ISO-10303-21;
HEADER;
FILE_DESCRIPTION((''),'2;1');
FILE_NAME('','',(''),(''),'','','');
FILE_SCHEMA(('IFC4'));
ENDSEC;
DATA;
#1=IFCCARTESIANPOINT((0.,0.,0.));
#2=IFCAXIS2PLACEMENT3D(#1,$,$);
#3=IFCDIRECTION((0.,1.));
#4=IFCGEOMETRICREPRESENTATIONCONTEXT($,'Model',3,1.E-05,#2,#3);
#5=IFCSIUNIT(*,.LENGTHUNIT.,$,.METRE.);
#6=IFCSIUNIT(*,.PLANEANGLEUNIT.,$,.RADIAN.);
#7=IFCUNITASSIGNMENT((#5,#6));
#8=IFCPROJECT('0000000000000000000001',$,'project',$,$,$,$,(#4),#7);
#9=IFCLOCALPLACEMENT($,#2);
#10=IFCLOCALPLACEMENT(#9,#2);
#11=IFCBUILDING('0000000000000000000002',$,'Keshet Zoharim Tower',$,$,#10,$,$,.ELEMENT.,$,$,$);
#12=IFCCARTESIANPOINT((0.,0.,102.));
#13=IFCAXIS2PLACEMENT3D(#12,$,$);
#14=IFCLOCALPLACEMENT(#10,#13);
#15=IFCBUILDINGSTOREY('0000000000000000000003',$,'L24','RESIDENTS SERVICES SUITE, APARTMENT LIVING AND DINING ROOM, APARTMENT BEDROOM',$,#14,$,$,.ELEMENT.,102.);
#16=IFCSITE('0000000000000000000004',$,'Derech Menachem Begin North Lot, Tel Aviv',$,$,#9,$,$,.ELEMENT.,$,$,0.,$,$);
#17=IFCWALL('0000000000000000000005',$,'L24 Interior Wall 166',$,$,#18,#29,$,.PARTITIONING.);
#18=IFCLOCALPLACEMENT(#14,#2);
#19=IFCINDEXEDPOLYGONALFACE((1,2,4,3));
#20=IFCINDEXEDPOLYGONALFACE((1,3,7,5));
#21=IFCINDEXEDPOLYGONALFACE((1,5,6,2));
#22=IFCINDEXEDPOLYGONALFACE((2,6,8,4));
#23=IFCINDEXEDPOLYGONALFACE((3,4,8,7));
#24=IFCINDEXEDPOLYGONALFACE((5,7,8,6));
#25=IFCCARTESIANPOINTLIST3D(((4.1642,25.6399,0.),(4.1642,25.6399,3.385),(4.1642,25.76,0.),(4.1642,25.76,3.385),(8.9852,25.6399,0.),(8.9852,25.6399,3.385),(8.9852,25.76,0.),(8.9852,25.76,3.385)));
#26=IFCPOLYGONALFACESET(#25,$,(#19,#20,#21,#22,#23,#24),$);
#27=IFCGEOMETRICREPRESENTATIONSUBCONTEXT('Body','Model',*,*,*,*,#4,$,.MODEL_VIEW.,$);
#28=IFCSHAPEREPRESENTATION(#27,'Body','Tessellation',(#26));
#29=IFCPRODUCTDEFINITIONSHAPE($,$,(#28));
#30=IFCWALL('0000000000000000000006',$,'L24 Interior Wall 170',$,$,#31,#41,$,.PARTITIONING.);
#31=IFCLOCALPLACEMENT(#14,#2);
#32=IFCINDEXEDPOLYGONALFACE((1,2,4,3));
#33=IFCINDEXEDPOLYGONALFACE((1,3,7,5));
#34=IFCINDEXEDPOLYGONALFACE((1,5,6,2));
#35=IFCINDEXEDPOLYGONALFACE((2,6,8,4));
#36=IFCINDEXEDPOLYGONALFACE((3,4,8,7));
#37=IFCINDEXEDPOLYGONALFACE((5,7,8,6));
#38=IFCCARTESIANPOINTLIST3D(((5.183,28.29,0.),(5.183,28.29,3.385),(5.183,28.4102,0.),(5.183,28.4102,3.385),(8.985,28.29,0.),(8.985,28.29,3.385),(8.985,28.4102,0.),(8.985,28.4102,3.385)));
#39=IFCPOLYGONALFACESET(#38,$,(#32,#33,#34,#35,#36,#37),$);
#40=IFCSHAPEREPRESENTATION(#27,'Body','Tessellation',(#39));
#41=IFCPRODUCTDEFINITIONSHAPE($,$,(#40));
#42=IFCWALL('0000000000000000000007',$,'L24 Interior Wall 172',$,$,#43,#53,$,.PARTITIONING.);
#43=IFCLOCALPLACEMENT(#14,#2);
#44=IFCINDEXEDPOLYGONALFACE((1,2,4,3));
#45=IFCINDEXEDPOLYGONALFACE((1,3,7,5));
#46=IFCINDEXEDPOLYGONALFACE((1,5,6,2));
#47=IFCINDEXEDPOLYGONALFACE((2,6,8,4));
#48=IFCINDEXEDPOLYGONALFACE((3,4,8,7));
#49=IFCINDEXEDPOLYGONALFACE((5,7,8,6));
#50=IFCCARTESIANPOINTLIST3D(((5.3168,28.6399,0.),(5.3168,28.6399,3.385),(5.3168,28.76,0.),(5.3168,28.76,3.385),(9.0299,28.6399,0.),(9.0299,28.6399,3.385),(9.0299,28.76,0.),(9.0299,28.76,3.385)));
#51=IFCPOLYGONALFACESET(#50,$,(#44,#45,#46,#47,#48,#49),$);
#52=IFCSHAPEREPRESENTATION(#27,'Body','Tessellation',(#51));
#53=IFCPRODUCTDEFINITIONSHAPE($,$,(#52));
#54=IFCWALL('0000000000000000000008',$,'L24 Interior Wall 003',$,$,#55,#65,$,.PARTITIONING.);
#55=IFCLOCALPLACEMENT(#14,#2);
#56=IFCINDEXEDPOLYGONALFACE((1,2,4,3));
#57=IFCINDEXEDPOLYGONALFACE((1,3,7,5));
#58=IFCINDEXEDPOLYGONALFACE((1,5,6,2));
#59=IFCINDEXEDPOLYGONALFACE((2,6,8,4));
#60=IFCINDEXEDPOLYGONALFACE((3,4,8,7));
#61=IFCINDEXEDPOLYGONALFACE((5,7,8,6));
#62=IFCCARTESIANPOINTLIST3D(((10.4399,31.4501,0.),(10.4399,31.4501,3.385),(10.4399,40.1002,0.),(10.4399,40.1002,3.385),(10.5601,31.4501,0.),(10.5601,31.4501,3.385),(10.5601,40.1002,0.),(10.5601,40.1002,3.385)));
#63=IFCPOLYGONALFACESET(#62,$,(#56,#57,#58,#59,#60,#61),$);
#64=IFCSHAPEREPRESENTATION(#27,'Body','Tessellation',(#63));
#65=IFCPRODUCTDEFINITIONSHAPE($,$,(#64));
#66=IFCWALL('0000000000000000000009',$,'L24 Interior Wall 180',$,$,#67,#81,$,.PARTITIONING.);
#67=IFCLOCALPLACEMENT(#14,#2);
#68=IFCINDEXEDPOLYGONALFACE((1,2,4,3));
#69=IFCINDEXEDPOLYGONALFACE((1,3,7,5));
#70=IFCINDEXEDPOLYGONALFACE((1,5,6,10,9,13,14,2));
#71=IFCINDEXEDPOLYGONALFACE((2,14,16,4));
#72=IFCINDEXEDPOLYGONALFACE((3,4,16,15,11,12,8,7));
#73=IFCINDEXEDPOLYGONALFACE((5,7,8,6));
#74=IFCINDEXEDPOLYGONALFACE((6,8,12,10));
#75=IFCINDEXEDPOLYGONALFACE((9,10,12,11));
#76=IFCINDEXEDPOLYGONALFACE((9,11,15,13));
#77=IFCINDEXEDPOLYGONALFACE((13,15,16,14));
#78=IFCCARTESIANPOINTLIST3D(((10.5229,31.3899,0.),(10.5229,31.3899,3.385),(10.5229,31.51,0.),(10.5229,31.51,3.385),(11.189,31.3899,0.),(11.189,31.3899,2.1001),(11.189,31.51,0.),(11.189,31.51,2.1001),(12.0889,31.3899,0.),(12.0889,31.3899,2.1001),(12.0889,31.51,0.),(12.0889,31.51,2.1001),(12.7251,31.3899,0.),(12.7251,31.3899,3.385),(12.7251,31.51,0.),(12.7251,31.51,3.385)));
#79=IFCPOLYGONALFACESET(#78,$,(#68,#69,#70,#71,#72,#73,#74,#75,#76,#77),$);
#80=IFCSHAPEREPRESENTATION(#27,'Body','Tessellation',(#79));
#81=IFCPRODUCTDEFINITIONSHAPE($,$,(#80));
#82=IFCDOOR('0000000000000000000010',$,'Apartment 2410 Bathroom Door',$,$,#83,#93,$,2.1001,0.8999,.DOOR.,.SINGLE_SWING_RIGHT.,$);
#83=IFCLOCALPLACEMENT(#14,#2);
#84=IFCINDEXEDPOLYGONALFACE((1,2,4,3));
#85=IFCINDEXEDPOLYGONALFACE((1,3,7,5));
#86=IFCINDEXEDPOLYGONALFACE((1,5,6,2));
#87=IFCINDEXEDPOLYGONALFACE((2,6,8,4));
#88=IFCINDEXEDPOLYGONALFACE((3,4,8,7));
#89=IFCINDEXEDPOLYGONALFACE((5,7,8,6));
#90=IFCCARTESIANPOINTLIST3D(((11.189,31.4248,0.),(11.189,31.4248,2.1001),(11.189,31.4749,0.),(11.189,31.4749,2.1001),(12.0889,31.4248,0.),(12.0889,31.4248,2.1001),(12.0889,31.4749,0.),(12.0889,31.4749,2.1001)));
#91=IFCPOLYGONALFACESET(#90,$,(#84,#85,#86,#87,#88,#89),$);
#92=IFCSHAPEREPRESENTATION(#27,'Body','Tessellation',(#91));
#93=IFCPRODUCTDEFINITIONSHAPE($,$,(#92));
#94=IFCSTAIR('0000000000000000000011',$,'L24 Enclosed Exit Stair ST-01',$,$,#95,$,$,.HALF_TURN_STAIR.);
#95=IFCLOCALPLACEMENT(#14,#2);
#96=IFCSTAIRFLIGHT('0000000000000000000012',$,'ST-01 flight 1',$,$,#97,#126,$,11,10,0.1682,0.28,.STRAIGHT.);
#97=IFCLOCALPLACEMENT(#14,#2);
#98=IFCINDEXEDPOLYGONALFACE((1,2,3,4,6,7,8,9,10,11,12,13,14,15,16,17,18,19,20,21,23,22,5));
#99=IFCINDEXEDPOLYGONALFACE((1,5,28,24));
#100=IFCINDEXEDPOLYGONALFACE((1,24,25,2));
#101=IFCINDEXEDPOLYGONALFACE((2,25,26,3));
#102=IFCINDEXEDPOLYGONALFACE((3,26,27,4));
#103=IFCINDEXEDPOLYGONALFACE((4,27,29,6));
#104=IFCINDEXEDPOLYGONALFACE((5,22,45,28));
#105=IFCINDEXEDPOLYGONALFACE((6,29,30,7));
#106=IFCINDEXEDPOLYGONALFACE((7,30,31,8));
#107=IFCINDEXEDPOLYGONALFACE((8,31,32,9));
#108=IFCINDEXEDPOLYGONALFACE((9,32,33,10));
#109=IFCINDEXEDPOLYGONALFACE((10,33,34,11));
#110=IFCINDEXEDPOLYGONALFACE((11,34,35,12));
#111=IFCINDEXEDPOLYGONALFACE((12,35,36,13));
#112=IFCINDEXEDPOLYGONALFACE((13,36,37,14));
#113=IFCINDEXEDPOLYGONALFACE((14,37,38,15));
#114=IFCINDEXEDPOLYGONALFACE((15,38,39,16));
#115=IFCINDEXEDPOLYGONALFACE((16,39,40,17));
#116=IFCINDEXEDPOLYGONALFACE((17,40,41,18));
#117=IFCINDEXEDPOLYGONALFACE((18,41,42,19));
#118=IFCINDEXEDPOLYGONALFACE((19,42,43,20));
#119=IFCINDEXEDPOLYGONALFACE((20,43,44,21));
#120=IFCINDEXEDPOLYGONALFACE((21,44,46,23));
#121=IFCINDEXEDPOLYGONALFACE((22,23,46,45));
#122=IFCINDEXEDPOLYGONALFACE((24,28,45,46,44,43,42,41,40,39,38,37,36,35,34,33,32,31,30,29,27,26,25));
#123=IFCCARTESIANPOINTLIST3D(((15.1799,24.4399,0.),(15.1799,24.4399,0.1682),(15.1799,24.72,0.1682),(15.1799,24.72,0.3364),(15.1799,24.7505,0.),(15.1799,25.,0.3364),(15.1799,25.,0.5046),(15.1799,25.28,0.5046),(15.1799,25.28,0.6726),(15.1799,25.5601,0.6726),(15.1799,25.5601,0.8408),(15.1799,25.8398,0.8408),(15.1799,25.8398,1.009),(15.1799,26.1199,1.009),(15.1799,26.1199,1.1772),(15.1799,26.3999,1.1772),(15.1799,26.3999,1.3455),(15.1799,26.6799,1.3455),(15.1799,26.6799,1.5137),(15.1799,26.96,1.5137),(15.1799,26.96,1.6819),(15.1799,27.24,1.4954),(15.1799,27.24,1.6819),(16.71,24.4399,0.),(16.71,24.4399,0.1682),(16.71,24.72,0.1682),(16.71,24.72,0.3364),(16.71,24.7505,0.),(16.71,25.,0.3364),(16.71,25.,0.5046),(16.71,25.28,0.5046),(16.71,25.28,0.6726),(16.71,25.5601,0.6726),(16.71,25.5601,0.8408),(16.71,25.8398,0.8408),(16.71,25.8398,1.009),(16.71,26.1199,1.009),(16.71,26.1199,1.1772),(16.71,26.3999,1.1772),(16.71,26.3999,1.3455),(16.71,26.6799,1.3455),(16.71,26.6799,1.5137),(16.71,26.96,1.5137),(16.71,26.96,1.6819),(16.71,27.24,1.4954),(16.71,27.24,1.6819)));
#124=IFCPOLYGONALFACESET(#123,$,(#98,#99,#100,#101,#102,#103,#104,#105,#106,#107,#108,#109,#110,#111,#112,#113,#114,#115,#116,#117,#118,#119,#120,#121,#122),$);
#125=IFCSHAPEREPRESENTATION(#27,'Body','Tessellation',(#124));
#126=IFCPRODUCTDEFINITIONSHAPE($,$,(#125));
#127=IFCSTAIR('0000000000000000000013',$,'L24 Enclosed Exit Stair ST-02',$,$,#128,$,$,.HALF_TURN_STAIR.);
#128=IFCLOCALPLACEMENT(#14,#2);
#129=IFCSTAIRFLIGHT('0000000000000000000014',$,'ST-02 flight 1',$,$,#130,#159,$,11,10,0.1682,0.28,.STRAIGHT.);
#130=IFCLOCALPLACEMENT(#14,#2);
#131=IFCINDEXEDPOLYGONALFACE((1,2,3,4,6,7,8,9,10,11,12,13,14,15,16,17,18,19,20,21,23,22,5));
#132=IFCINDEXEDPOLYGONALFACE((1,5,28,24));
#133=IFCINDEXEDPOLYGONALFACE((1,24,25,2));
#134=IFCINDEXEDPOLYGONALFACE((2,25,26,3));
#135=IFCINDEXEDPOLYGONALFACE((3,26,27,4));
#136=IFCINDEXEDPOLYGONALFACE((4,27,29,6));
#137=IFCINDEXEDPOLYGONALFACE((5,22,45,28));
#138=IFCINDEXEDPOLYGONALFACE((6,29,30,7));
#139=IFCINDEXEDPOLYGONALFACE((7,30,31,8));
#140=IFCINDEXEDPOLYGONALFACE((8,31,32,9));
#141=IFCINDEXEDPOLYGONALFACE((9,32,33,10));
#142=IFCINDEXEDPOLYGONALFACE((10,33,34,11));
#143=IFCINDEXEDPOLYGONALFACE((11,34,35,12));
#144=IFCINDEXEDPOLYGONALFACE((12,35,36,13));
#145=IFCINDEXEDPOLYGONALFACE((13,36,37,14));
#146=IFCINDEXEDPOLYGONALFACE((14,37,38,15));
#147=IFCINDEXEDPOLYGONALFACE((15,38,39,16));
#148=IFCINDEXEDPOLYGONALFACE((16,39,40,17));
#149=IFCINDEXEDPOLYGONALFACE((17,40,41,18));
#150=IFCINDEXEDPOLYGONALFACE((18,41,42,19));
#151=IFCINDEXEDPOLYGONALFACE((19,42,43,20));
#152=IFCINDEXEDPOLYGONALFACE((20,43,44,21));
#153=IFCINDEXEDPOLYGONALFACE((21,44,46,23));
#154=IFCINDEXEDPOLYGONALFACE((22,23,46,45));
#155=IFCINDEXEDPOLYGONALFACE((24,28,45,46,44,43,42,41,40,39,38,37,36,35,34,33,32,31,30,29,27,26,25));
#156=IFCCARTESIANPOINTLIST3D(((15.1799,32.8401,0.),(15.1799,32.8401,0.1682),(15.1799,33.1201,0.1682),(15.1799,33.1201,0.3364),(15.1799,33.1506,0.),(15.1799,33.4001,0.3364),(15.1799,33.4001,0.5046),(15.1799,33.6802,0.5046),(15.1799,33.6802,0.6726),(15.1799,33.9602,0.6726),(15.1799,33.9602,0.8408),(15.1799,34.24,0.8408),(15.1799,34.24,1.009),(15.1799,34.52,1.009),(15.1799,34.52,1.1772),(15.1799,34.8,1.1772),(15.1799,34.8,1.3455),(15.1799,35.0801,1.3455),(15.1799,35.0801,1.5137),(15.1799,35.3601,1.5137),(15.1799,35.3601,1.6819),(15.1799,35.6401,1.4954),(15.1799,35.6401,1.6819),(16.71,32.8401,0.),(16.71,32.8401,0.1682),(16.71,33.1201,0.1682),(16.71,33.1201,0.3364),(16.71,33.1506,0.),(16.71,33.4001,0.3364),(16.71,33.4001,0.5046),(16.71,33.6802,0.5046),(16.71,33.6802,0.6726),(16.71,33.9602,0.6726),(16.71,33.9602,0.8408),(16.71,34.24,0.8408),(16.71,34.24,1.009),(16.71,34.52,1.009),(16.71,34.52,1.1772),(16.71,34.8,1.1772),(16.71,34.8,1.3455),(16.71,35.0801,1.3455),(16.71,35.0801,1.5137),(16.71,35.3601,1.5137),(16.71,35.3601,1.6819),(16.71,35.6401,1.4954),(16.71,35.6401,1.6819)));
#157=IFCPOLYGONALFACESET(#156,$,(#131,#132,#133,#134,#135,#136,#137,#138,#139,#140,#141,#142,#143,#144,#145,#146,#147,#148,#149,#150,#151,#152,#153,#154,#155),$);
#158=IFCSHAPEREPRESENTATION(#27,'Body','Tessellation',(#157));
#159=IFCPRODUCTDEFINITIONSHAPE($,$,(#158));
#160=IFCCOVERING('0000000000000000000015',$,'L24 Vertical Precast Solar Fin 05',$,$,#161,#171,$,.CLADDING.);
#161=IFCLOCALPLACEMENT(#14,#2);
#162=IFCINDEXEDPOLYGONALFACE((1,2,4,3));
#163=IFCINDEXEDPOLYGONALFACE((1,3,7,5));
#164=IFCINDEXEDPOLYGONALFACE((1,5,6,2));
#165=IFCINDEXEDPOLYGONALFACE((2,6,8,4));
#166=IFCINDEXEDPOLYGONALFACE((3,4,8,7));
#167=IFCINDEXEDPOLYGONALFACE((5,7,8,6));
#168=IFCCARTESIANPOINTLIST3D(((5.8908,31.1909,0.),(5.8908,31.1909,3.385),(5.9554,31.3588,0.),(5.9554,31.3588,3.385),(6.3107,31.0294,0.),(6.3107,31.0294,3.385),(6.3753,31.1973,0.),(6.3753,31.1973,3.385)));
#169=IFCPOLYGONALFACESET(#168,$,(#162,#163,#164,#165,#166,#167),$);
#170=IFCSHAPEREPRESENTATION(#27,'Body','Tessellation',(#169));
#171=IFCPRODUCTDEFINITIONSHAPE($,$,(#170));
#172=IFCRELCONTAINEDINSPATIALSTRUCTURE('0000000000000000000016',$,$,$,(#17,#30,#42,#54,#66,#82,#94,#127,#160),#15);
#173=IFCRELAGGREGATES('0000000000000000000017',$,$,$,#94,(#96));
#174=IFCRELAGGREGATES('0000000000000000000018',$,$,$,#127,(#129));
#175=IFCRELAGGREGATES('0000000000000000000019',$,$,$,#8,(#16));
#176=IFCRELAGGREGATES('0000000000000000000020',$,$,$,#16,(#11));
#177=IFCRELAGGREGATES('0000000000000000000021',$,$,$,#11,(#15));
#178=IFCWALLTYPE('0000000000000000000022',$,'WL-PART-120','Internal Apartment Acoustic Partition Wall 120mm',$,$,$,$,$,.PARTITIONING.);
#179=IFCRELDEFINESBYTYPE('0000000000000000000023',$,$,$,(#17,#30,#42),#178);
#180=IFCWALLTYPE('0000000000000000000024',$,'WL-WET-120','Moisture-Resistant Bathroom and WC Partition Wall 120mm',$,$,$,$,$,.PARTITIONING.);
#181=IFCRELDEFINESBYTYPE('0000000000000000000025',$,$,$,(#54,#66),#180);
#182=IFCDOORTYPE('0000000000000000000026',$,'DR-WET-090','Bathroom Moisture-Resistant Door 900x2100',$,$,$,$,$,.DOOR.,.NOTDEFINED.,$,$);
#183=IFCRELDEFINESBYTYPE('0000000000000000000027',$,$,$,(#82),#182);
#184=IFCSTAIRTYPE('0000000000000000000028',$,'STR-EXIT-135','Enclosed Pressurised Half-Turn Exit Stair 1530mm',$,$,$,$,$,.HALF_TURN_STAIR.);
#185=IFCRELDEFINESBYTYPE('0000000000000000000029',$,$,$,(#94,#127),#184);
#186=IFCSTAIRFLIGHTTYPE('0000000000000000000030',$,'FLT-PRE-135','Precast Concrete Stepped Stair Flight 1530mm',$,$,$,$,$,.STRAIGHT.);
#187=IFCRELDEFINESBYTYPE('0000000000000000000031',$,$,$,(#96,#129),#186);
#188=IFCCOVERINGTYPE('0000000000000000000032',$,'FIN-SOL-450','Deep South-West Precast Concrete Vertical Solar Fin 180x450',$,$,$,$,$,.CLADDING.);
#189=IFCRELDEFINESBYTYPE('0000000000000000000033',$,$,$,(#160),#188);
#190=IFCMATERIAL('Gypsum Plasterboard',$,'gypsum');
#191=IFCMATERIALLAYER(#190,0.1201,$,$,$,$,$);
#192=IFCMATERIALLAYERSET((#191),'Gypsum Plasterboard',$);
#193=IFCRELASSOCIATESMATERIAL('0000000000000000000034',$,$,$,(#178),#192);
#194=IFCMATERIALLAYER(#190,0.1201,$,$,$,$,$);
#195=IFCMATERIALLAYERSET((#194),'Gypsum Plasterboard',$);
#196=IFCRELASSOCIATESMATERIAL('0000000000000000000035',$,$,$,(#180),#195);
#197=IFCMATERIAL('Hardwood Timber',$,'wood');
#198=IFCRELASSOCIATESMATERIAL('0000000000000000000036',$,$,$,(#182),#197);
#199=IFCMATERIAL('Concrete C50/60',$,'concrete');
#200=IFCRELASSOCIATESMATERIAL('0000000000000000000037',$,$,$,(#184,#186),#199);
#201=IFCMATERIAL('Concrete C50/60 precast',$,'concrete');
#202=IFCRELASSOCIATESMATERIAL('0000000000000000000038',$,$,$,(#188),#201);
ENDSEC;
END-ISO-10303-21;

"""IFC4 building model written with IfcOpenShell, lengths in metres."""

from ifc_helpers import new_model, si_unit, direction, frame, frame_2d, origin, origin_2d, place, context, subcontext, project, spatial, polyline, rectangle, outline, extrude, material, layer, layer_set, type_object, element, fill, aggregate, save


model = new_model("IFC4")

# Units and contexts
model_context = context("Model", 3, precision=1e-05, world=origin(), true_north=direction((0.0, 1.0)))
body_context = subcontext(model_context, "Body", "Model", "MODEL_VIEW")
ifc_project = project(units=[si_unit("LENGTHUNIT", "METRE"), si_unit("PLANEANGLEUNIT", "RADIAN")], contexts=[model_context])

# Site, building, storey
site_placement = place(None, origin())
site = spatial("IfcSite", under=ifc_project, at=site_placement, Name="Derech Menachem Begin North Lot, Tel Aviv", CompositionType="ELEMENT", RefElevation=0.0)
building_placement = place(site_placement, origin())
building = spatial("IfcBuilding", under=site, at=building_placement, Name="Keshet Zoharim Tower", CompositionType="ELEMENT")
storey_placement = place(building_placement, frame((0.0, 0.0, 102.0)))
storey = spatial("IfcBuildingStorey", under=building, at=storey_placement, Name="L24", Description="RESIDENTS SERVICES SUITE, APARTMENT LIVING AND DINING ROOM, APARTMENT BEDROOM", CompositionType="ELEMENT", Elevation=102.0)

# Shared definitions
ifc_material_1 = material(Name="Hardwood Timber", Category="wood")

# Shared definitions
ifc_material_2 = material(Name="Gypsum Plasterboard", Category="gypsum")

# Shared definitions
ifc_layer_1 = layer(ifc_material_2, 0.1201)
ifc_layer_set_1 = layer_set([ifc_layer_1], Name="Gypsum Plasterboard")
wall_type_1 = type_object("IfcWallType", Name="WL-PART-120", Description="Internal Apartment Acoustic Partition Wall 120mm", PredefinedType="PARTITIONING", material=ifc_layer_set_1)

# Walls
wall_1_placement = place(storey_placement, frame((4.1641, 25.7, 0.0), z_axis=(0.0, 0.0, 1.0), x_axis=(1.0, 0.0, 0.0)))
element("IfcWall", 1, at=wall_1_placement, inside=storey, type_object=wall_type_1, Name="L24 Interior Wall 166", PredefinedType="PARTITIONING", context=body_context, shape_type="SweptSolid", body=[
    extrude(rectangle(XDim=4.821, YDim=0.1201, at=frame_2d((2.4106, 0.0))), origin(), (0.0, 0.0, 1.0), 3.385),
])
wall_2_placement = place(storey_placement, frame((5.1831, 28.3501, 0.0), z_axis=(0.0, 0.0, 1.0), x_axis=(1.0, 0.0, 0.0)))
element("IfcWall", 2, at=wall_2_placement, inside=storey, type_object=wall_type_1, Name="L24 Interior Wall 170", PredefinedType="PARTITIONING", context=body_context, shape_type="SweptSolid", body=[
    extrude(rectangle(XDim=3.802, YDim=0.1201, at=frame_2d((1.9009, 0.0))), origin(), (0.0, 0.0, 1.0), 3.385),
])
wall_3_placement = place(storey_placement, frame((5.3169, 28.7, 0.0), z_axis=(0.0, 0.0, 1.0), x_axis=(1.0, 0.0, 0.0)))
element("IfcWall", 3, at=wall_3_placement, inside=storey, type_object=wall_type_1, Name="L24 Interior Wall 172", PredefinedType="PARTITIONING", context=body_context, shape_type="SweptSolid", body=[
    extrude(rectangle(XDim=3.7131, YDim=0.1201, at=frame_2d((1.8564, 0.0))), origin(), (0.0, 0.0, 1.0), 3.385),
])

# Wall
ifc_layer_2 = layer(ifc_material_2, 0.1201)
ifc_layer_set_2 = layer_set([ifc_layer_2], Name="Gypsum Plasterboard")
wall_type_2 = type_object("IfcWallType", Name="WL-WET-120", Description="Moisture-Resistant Bathroom and WC Partition Wall 120mm", PredefinedType="PARTITIONING", material=ifc_layer_set_2)
wall_4_placement = place(storey_placement, frame((10.5, 31.45, 0.0), z_axis=(0.0, 0.0, 1.0), x_axis=(0.0, 1.0, 0.0)))
element("IfcWall", 4, at=wall_4_placement, inside=storey, type_object=wall_type_2, Name="L24 Interior Wall 003", PredefinedType="PARTITIONING", context=body_context, shape_type="SweptSolid", body=[
    extrude(rectangle(XDim=8.6501, YDim=0.1201, at=frame_2d((4.3252, 0.0))), origin(), (0.0, 0.0, 1.0), 3.385),
])

# Wall, opening, door
wall_5_placement = place(storey_placement, frame((10.5229, 31.45, 0.0), z_axis=(0.0, 0.0, 1.0), x_axis=(1.0, 0.0, 0.0)))
wall_5 = element("IfcWall", 5, at=wall_5_placement, inside=storey, type_object=wall_type_2, Name="L24 Interior Wall 180", PredefinedType="PARTITIONING", context=body_context, shape_type="SweptSolid", body=[
    extrude(rectangle(XDim=2.2021, YDim=0.1201, at=frame_2d((1.1011, 0.0))), origin(), (0.0, 0.0, 1.0), 3.385),
])
opening_1_placement = place(wall_5_placement, frame((0.666, 0.0, 0.0)))
opening_1 = element("IfcOpeningElement", 6, at=opening_1_placement, cuts=wall_5, PredefinedType="OPENING", context=body_context, shape_type="SweptSolid", body=[
    extrude(rectangle(XDim=0.8999, YDim=2.1001, at=frame_2d((0.45, 1.05))), frame((0.0, 0.0701, 0.0), z_axis=(0.0, -1.0, 0.0), x_axis=(1.0, 0.0, 0.0)), (0.0, 0.0, 1.0), 0.1401),
])
door_type_1 = type_object("IfcDoorType", Name="DR-WET-090", Description="Bathroom Moisture-Resistant Door 900x2100", OperationType="NOTDEFINED", PredefinedType="DOOR", material=ifc_material_1)
door_1_placement = place(opening_1_placement, origin())
door_1 = element("IfcDoor", 7, at=door_1_placement, inside=storey, type_object=door_type_1, Name="Apartment 2410 Bathroom Door", OperationType="SINGLE_SWING_RIGHT", OverallHeight=2.1001, OverallWidth=0.8999, PredefinedType="DOOR", context=body_context, shape_type="SweptSolid", body=[
    extrude(rectangle(XDim=0.8999, YDim=2.1001, at=frame_2d((0.45, 1.05))), frame((0.0, 0.0249, 0.0), z_axis=(0.0, -1.0, 0.0), x_axis=(1.0, 0.0, 0.0)), (0.0, 0.0, 1.0), 0.05),
])
fill(opening_1, door_1)

# Stairs, stair flights
ifc_material_3 = material(Name="Concrete C50/60", Category="concrete")
stair_type = type_object("IfcStairType", Name="STR-EXIT-135", Description="Enclosed Pressurised Half-Turn Exit Stair 1530mm", PredefinedType="HALF_TURN_STAIR", material=ifc_material_3)
stair_1_placement = place(storey_placement, origin())
stair_1 = element("IfcStair", 8, at=stair_1_placement, inside=storey, type_object=stair_type, Name="L24 Enclosed Exit Stair ST-01", PredefinedType="HALF_TURN_STAIR")
stair_flight_type = type_object("IfcStairFlightType", Name="FLT-PRE-135", Description="Precast Concrete Stepped Stair Flight 1530mm", PredefinedType="STRAIGHT", material=ifc_material_3)
stair_flight_1_placement = place(storey_placement, frame((15.9451, 24.4399, 0.0), z_axis=(0.0, 0.0, 1.0), x_axis=(0.0, 1.0, 0.0)))
stair_flight_1 = element("IfcStairFlight", 9, at=stair_flight_1_placement, type_object=stair_flight_type, Name="ST-01 flight 1", NumberOfRisers=11, NumberOfTreads=10, PredefinedType="STRAIGHT", RiserHeight=0.1682, TreadLength=0.28, context=body_context, shape_type="SweptSolid", body=[
    extrude(outline(polyline([(0.0, 0.0), (0.0, 0.1682), (0.28, 0.1682), (0.28, 0.3364), (0.5601, 0.3364), (0.5601, 0.5046), (0.8401, 0.5046), (0.8401, 0.6726), (1.1201, 0.6726), (1.1201, 0.8408), (1.3999, 0.8408), (1.3999, 1.009), (1.6799, 1.009), (1.6799, 1.1772), (1.96, 1.1772), (1.96, 1.3455), (2.24, 1.3455), (2.24, 1.5137), (2.52, 1.5137), (2.52, 1.6819), (2.8, 1.6819), (2.8, 1.8501), (2.8, 1.4954), (0.3105, 0.0), (0.0, 0.0)])), frame((0.0, 0.7651, 0.0), z_axis=(0.0, -1.0, 0.0), x_axis=(1.0, 0.0, 0.0)), (0.0, 0.0, 1.0), 1.53),
])
aggregate(stair_1, [stair_flight_1])
stair_2_placement = place(storey_placement, origin())
stair_2 = element("IfcStair", 10, at=stair_2_placement, inside=storey, type_object=stair_type, Name="L24 Enclosed Exit Stair ST-02", PredefinedType="HALF_TURN_STAIR")
stair_flight_2_placement = place(storey_placement, frame((15.9451, 32.8401, 0.0), z_axis=(0.0, 0.0, 1.0), x_axis=(0.0, 1.0, 0.0)))
stair_flight_2 = element("IfcStairFlight", 11, at=stair_flight_2_placement, type_object=stair_flight_type, Name="ST-02 flight 1", NumberOfRisers=11, NumberOfTreads=10, PredefinedType="STRAIGHT", RiserHeight=0.1682, TreadLength=0.28, context=body_context, shape_type="SweptSolid", body=[
    extrude(outline(polyline([(0.0, 0.0), (0.0, 0.1682), (0.28, 0.1682), (0.28, 0.3364), (0.5601, 0.3364), (0.5601, 0.5046), (0.8401, 0.5046), (0.8401, 0.6726), (1.1201, 0.6726), (1.1201, 0.8408), (1.3999, 0.8408), (1.3999, 1.009), (1.6799, 1.009), (1.6799, 1.1772), (1.96, 1.1772), (1.96, 1.3455), (2.24, 1.3455), (2.24, 1.5137), (2.52, 1.5137), (2.52, 1.6819), (2.8, 1.6819), (2.8, 1.8501), (2.8, 1.4954), (0.3105, 0.0), (0.0, 0.0)])), frame((0.0, 0.7651, 0.0), z_axis=(0.0, -1.0, 0.0), x_axis=(1.0, 0.0, 0.0)), (0.0, 0.0, 1.0), 1.53),
])
aggregate(stair_2, [stair_flight_2])

# Covering
ifc_material_4 = material(Name="Concrete C50/60 precast", Category="concrete")
covering_type = type_object("IfcCoveringType", Name="FIN-SOL-450", Description="Deep South-West Precast Concrete Vertical Solar Fin 180x450", PredefinedType="CLADDING", material=ifc_material_4)
covering_placement = place(storey_placement, frame((6.1331, 31.1941, 0.0), z_axis=(0.0, 0.0, 1.0), x_axis=(0.35899, 0.933341, 0.0)))
element("IfcCovering", 12, at=covering_placement, inside=storey, type_object=covering_type, Name="L24 Vertical Precast Solar Fin 05", PredefinedType="CLADDING", context=body_context, shape_type="SweptSolid", body=[
    extrude(rectangle(XDim=0.1799, YDim=0.45, at=origin_2d()), origin(), (0.0, 0.0, 1.0), 3.385),
])

save(model, "model.ifc")
